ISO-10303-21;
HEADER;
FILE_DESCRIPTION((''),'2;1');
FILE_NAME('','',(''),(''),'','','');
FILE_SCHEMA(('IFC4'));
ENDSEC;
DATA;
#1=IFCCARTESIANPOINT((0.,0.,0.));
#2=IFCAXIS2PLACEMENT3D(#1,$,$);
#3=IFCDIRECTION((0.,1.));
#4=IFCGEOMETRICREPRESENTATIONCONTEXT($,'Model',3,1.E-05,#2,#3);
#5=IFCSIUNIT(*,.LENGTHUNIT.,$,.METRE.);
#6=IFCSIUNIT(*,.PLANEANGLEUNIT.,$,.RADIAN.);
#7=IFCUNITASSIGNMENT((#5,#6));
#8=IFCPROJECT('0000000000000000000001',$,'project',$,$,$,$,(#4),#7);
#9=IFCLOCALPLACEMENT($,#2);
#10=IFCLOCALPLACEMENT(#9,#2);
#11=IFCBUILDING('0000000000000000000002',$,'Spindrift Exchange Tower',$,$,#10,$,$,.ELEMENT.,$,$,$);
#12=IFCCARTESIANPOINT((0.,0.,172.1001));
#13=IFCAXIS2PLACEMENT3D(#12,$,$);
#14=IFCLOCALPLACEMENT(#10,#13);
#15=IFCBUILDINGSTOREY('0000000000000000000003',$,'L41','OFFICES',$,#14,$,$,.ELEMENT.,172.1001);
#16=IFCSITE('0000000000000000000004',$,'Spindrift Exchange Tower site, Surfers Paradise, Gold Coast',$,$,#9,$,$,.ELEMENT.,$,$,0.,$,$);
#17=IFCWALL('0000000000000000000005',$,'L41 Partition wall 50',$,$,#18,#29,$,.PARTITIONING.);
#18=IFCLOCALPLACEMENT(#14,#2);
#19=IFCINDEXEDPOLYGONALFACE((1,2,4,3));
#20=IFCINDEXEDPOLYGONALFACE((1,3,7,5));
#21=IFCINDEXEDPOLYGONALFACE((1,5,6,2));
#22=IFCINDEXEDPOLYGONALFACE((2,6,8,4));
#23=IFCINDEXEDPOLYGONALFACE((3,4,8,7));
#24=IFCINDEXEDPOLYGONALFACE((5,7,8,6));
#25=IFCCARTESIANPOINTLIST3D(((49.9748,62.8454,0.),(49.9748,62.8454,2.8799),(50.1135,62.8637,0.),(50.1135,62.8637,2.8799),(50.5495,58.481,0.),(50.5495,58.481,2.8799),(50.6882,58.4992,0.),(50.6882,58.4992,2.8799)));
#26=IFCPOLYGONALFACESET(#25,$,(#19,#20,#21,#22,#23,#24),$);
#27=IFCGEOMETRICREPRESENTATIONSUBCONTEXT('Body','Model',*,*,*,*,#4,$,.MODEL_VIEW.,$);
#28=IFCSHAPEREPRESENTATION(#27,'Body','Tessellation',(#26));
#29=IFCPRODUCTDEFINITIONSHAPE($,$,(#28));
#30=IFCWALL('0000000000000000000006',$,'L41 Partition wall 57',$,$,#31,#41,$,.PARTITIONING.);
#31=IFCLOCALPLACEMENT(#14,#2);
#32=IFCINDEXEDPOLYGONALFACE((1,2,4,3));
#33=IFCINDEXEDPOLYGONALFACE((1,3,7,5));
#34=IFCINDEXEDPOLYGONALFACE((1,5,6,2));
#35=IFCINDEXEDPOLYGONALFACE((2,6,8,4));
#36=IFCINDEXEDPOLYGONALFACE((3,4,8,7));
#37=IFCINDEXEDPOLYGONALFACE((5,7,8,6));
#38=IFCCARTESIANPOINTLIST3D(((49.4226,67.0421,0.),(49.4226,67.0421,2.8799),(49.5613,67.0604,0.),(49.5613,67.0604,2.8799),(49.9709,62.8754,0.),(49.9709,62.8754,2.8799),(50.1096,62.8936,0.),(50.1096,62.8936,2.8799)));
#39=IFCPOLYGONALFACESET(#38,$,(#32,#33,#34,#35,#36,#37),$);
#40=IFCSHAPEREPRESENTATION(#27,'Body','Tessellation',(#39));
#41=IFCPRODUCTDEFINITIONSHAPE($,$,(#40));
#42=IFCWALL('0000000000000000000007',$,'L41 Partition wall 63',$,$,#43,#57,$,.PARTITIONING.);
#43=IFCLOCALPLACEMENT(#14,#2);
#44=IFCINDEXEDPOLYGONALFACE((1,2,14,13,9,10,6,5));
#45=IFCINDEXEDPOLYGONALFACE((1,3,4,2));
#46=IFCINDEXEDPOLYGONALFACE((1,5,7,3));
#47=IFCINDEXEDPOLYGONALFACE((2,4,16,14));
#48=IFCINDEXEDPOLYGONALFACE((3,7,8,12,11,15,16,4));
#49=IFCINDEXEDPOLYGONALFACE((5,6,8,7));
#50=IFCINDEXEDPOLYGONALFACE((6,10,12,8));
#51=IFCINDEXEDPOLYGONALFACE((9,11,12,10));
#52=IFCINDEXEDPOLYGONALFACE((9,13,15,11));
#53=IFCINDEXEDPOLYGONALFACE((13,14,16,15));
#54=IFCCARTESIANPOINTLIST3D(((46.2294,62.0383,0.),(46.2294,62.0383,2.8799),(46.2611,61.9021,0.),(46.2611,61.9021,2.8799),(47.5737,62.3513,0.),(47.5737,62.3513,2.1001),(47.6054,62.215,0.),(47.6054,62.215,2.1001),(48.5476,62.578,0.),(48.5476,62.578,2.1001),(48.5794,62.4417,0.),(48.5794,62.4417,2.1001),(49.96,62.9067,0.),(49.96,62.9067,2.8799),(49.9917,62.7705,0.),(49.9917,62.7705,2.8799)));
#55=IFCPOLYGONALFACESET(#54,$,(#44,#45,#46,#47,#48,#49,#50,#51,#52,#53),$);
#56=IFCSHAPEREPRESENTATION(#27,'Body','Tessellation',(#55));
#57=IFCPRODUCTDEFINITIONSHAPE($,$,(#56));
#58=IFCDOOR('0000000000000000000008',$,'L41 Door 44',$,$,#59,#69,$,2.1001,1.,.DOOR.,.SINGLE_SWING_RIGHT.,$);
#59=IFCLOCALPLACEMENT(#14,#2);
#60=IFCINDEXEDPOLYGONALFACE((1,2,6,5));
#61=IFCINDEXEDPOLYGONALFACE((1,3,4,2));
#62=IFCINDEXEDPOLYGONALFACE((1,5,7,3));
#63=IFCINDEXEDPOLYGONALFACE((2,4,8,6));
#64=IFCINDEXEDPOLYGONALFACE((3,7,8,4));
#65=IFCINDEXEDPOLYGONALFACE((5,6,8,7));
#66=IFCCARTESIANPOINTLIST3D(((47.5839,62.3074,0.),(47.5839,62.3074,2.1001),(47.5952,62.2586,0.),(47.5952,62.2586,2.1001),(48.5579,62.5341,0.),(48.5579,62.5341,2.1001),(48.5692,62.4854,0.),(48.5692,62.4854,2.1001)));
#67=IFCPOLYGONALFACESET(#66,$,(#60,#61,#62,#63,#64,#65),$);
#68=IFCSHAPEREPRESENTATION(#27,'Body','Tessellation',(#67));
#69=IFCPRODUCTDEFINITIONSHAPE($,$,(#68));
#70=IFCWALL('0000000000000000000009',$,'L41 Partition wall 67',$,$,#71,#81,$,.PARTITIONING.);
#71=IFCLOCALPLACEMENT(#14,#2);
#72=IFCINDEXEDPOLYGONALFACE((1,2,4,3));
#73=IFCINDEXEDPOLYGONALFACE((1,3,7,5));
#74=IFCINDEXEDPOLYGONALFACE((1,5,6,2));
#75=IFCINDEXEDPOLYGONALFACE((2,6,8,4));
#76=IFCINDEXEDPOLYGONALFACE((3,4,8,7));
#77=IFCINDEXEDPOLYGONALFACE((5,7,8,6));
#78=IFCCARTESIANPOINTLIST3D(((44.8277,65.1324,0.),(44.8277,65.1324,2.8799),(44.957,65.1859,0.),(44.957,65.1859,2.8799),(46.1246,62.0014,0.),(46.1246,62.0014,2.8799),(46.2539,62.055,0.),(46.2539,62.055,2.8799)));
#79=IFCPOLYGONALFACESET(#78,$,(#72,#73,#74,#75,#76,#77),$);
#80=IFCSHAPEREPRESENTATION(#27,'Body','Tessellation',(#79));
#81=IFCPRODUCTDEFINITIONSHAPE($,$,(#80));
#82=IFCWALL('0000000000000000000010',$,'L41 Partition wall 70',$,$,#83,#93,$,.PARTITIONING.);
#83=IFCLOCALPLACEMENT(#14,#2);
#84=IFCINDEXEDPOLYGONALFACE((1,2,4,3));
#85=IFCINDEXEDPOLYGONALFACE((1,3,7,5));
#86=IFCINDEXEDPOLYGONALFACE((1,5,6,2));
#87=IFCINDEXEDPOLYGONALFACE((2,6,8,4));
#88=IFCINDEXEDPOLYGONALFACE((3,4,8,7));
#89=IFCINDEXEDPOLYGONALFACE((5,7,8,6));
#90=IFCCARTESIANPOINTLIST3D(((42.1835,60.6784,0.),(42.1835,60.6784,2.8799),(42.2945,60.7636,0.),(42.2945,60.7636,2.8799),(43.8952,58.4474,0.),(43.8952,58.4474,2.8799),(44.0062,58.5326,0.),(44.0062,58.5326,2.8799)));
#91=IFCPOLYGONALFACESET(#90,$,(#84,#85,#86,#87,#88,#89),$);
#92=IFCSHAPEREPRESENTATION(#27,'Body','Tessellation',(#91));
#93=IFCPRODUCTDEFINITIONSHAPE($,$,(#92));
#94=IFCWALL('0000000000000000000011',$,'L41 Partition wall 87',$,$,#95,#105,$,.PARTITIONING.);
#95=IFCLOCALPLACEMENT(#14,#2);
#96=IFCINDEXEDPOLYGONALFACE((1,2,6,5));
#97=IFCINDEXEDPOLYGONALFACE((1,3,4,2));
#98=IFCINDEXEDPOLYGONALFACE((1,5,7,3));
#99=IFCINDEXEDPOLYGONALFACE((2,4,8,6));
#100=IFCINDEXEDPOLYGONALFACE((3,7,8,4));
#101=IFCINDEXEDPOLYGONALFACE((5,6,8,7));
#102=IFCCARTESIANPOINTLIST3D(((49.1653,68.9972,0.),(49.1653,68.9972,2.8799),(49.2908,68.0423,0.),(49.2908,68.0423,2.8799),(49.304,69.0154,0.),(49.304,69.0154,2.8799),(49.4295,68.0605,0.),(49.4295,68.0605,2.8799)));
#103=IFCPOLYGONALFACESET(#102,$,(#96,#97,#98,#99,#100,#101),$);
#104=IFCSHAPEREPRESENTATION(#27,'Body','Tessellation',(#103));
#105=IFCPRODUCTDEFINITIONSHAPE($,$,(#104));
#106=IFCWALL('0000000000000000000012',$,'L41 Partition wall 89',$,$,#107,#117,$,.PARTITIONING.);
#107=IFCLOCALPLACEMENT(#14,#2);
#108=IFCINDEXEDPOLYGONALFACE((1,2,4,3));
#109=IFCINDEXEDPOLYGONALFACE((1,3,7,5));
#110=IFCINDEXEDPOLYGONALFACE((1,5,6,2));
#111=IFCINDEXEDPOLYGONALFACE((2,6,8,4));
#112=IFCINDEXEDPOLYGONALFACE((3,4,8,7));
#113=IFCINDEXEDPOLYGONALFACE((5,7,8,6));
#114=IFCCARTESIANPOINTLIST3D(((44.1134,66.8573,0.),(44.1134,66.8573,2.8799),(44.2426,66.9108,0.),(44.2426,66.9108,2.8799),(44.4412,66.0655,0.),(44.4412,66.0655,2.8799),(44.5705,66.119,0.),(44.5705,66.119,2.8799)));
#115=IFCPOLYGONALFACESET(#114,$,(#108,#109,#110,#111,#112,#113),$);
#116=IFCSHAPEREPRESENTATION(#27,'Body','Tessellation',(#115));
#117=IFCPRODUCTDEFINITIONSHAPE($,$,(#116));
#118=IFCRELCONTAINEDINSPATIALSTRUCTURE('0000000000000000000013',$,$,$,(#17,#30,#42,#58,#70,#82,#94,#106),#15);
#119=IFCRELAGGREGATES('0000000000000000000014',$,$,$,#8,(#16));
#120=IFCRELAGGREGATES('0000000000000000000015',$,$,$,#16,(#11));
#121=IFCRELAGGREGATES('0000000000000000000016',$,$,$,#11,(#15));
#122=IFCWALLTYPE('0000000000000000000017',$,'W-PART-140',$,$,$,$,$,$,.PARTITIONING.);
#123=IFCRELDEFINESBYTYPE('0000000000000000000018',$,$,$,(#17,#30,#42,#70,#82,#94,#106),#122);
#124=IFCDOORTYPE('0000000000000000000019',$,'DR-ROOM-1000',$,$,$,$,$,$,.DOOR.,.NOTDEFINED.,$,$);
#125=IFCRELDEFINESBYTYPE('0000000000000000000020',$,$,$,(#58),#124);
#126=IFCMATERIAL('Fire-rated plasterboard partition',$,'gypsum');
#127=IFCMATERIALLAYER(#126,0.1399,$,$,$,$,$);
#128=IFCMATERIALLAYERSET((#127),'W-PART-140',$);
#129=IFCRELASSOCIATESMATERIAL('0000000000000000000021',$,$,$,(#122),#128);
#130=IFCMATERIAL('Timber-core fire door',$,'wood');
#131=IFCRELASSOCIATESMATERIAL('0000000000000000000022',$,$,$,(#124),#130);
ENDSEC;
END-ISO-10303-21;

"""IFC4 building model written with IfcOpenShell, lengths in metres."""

from ifc_helpers import new_model, si_unit, direction, frame, frame_2d, origin, place, context, subcontext, project, spatial, rectangle, extrude, source, transform, mapped, material, layer, layer_set, type_object, element, fill, save


model = new_model("IFC4")

# Units and contexts
model_context = context("Model", 3, precision=1e-05, world=origin(), true_north=direction((0.0, 1.0)))
body_context = subcontext(model_context, "Body", "Model", "MODEL_VIEW")
ifc_project = project(units=[si_unit("LENGTHUNIT", "METRE"), si_unit("PLANEANGLEUNIT", "RADIAN")], contexts=[model_context])

# Site, building, storey
site_placement = place(None, origin())
site = spatial("IfcSite", under=ifc_project, at=site_placement, Name="Spindrift Exchange Tower site, Surfers Paradise, Gold Coast", CompositionType="ELEMENT", RefElevation=0.0)
building_placement = place(site_placement, origin())
building = spatial("IfcBuilding", under=site, at=building_placement, Name="Spindrift Exchange Tower", CompositionType="ELEMENT")
storey_placement = place(building_placement, frame((0.0, 0.0, 172.1001)))
storey = spatial("IfcBuildingStorey", under=building, at=storey_placement, Name="L41", Description="OFFICES", CompositionType="ELEMENT", Elevation=172.1001)

# Walls
ifc_material_1 = material(Name="Fire-rated plasterboard partition", Category="gypsum")
ifc_layer_1 = layer(ifc_material_1, 0.1399)
ifc_layer_set_1 = layer_set([ifc_layer_1], Name="W-PART-140")
wall_type = type_object("IfcWallType", Name="W-PART-140", PredefinedType="PARTITIONING", material=ifc_layer_set_1)
wall_1_placement = place(storey_placement, frame((50.6189, 58.49, 0.0), z_axis=(0.0, 0.0, 1.0), x_axis=(-0.130551, 0.991442, 0.0)))
element("IfcWall", 1, at=wall_1_placement, inside=storey, type_object=wall_type, Name="L41 Partition wall 50", PredefinedType="PARTITIONING", context=body_context, shape_type="SweptSolid", body=[
    extrude(rectangle(XDim=4.4021, YDim=0.1399, at=frame_2d((2.2012, 0.0))), origin(), (0.0, 0.0, 1.0), 2.8799),
])
wall_2_placement = place(storey_placement, frame((50.0403, 62.8845, 0.0), z_axis=(0.0, 0.0, 1.0), x_axis=(-0.130474, 0.991452, 0.0)))
element("IfcWall", 2, at=wall_2_placement, inside=storey, type_object=wall_type, Name="L41 Partition wall 57", PredefinedType="PARTITIONING", context=body_context, shape_type="SweptSolid", body=[
    extrude(rectangle(XDim=4.2026, YDim=0.1399, at=frame_2d((2.1013, 0.0))), origin(), (0.0, 0.0, 1.0), 2.8799),
])

# Wall, opening, door
wall_3_placement = place(storey_placement, frame((46.2454, 61.9702, 0.0), z_axis=(0.0, 0.0, 1.0), x_axis=(0.973959, 0.226726, 0.0)))
wall_3 = element("IfcWall", 3, at=wall_3_placement, inside=storey, type_object=wall_type, Name="L41 Partition wall 63", PredefinedType="PARTITIONING", context=body_context, shape_type="SweptSolid", body=[
    extrude(rectangle(XDim=3.8303, YDim=0.1399, at=frame_2d((1.915, 0.0))), origin(), (0.0, 0.0, 1.0), 2.8799),
])
opening_placement = place(wall_3_placement, frame((1.3801, 0.0, 0.0)))
opening = element("IfcOpeningElement", 4, at=opening_placement, cuts=wall_3, PredefinedType="OPENING", context=body_context, shape_type="SweptSolid", body=[
    extrude(rectangle(XDim=1.0, YDim=2.1001, at=frame_2d((0.5, 1.05))), frame((0.0, 0.0798, 0.0), z_axis=(0.0, -1.0, 0.0), x_axis=(1.0, 0.0, 0.0)), (0.0, 0.0, 1.0), 0.1599),
])
ifc_material_2 = material(Name="Timber-core fire door", Category="wood")
door_type = type_object("IfcDoorType", Name="DR-ROOM-1000", OperationType="NOTDEFINED", PredefinedType="DOOR", material=ifc_material_2)
shared_shape_1 = source(origin(), body_context, "Body", "SweptSolid", [
    extrude(rectangle(XDim=1.0, YDim=2.1001, at=frame_2d((0.5, 1.05))), frame((0.0, 0.0249, 0.0), z_axis=(0.0, -1.0, 0.0), x_axis=(1.0, 0.0, 0.0)), (0.0, 0.0, 1.0), 0.05),
])
door_placement = place(opening_placement, origin())
door = element("IfcDoor", 5, at=door_placement, inside=storey, type_object=door_type, Name="L41 Door 44", OperationType="SINGLE_SWING_RIGHT", OverallHeight=2.1001, OverallWidth=1.0, PredefinedType="DOOR", context=body_context, shape_type="MappedRepresentation", body=[
    mapped(shared_shape_1, transform((0.0, 0.0, 0.0), scale=1.0)),
])
fill(opening, door)

# Walls
wall_4_placement = place(storey_placement, frame((46.1892, 62.0283, 0.0), z_axis=(0.0, 0.0, 1.0), x_axis=(-0.382691, 0.923876, 0.0)))
element("IfcWall", 6, at=wall_4_placement, inside=storey, type_object=wall_type, Name="L41 Partition wall 67", PredefinedType="PARTITIONING", context=body_context, shape_type="SweptSolid", body=[
    extrude(rectangle(XDim=3.3889, YDim=0.1399, at=frame_2d((1.6943, 0.0))), origin(), (0.0, 0.0, 1.0), 2.8799),
])
wall_5_placement = place(storey_placement, frame((43.9507, 58.49, 0.0), z_axis=(0.0, 0.0, 1.0), x_axis=(-0.608716, 0.793388, 0.0)))
element("IfcWall", 7, at=wall_5_placement, inside=storey, type_object=wall_type, Name="L41 Partition wall 70", PredefinedType="PARTITIONING", context=body_context, shape_type="SweptSolid", body=[
    extrude(rectangle(XDim=2.812, YDim=0.1399, at=frame_2d((1.406, 0.0))), origin(), (0.0, 0.0, 1.0), 2.8799),
])
wall_6_placement = place(storey_placement, frame((49.3601, 68.0515, 0.0), z_axis=(0.0, 0.0, 1.0), x_axis=(-0.130304, 0.991474, 0.0)))
element("IfcWall", 8, at=wall_6_placement, inside=storey, type_object=wall_type, Name="L41 Partition wall 87", PredefinedType="PARTITIONING", context=body_context, shape_type="SweptSolid", body=[
    extrude(rectangle(XDim=0.9631, YDim=0.1399, at=frame_2d((0.4814, 0.0))), origin(), (0.0, 0.0, 1.0), 2.8799),
])
wall_7_placement = place(storey_placement, frame((44.5059, 66.0923, 0.0), z_axis=(0.0, 0.0, 1.0), x_axis=(-0.382612, 0.923909, 0.0)))
element("IfcWall", 9, at=wall_7_placement, inside=storey, type_object=wall_type, Name="L41 Partition wall 89", PredefinedType="PARTITIONING", context=body_context, shape_type="SweptSolid", body=[
    extrude(rectangle(XDim=0.8569, YDim=0.1399, at=frame_2d((0.4285, 0.0))), origin(), (0.0, 0.0, 1.0), 2.8799),
])

save(model, "model.ifc")
